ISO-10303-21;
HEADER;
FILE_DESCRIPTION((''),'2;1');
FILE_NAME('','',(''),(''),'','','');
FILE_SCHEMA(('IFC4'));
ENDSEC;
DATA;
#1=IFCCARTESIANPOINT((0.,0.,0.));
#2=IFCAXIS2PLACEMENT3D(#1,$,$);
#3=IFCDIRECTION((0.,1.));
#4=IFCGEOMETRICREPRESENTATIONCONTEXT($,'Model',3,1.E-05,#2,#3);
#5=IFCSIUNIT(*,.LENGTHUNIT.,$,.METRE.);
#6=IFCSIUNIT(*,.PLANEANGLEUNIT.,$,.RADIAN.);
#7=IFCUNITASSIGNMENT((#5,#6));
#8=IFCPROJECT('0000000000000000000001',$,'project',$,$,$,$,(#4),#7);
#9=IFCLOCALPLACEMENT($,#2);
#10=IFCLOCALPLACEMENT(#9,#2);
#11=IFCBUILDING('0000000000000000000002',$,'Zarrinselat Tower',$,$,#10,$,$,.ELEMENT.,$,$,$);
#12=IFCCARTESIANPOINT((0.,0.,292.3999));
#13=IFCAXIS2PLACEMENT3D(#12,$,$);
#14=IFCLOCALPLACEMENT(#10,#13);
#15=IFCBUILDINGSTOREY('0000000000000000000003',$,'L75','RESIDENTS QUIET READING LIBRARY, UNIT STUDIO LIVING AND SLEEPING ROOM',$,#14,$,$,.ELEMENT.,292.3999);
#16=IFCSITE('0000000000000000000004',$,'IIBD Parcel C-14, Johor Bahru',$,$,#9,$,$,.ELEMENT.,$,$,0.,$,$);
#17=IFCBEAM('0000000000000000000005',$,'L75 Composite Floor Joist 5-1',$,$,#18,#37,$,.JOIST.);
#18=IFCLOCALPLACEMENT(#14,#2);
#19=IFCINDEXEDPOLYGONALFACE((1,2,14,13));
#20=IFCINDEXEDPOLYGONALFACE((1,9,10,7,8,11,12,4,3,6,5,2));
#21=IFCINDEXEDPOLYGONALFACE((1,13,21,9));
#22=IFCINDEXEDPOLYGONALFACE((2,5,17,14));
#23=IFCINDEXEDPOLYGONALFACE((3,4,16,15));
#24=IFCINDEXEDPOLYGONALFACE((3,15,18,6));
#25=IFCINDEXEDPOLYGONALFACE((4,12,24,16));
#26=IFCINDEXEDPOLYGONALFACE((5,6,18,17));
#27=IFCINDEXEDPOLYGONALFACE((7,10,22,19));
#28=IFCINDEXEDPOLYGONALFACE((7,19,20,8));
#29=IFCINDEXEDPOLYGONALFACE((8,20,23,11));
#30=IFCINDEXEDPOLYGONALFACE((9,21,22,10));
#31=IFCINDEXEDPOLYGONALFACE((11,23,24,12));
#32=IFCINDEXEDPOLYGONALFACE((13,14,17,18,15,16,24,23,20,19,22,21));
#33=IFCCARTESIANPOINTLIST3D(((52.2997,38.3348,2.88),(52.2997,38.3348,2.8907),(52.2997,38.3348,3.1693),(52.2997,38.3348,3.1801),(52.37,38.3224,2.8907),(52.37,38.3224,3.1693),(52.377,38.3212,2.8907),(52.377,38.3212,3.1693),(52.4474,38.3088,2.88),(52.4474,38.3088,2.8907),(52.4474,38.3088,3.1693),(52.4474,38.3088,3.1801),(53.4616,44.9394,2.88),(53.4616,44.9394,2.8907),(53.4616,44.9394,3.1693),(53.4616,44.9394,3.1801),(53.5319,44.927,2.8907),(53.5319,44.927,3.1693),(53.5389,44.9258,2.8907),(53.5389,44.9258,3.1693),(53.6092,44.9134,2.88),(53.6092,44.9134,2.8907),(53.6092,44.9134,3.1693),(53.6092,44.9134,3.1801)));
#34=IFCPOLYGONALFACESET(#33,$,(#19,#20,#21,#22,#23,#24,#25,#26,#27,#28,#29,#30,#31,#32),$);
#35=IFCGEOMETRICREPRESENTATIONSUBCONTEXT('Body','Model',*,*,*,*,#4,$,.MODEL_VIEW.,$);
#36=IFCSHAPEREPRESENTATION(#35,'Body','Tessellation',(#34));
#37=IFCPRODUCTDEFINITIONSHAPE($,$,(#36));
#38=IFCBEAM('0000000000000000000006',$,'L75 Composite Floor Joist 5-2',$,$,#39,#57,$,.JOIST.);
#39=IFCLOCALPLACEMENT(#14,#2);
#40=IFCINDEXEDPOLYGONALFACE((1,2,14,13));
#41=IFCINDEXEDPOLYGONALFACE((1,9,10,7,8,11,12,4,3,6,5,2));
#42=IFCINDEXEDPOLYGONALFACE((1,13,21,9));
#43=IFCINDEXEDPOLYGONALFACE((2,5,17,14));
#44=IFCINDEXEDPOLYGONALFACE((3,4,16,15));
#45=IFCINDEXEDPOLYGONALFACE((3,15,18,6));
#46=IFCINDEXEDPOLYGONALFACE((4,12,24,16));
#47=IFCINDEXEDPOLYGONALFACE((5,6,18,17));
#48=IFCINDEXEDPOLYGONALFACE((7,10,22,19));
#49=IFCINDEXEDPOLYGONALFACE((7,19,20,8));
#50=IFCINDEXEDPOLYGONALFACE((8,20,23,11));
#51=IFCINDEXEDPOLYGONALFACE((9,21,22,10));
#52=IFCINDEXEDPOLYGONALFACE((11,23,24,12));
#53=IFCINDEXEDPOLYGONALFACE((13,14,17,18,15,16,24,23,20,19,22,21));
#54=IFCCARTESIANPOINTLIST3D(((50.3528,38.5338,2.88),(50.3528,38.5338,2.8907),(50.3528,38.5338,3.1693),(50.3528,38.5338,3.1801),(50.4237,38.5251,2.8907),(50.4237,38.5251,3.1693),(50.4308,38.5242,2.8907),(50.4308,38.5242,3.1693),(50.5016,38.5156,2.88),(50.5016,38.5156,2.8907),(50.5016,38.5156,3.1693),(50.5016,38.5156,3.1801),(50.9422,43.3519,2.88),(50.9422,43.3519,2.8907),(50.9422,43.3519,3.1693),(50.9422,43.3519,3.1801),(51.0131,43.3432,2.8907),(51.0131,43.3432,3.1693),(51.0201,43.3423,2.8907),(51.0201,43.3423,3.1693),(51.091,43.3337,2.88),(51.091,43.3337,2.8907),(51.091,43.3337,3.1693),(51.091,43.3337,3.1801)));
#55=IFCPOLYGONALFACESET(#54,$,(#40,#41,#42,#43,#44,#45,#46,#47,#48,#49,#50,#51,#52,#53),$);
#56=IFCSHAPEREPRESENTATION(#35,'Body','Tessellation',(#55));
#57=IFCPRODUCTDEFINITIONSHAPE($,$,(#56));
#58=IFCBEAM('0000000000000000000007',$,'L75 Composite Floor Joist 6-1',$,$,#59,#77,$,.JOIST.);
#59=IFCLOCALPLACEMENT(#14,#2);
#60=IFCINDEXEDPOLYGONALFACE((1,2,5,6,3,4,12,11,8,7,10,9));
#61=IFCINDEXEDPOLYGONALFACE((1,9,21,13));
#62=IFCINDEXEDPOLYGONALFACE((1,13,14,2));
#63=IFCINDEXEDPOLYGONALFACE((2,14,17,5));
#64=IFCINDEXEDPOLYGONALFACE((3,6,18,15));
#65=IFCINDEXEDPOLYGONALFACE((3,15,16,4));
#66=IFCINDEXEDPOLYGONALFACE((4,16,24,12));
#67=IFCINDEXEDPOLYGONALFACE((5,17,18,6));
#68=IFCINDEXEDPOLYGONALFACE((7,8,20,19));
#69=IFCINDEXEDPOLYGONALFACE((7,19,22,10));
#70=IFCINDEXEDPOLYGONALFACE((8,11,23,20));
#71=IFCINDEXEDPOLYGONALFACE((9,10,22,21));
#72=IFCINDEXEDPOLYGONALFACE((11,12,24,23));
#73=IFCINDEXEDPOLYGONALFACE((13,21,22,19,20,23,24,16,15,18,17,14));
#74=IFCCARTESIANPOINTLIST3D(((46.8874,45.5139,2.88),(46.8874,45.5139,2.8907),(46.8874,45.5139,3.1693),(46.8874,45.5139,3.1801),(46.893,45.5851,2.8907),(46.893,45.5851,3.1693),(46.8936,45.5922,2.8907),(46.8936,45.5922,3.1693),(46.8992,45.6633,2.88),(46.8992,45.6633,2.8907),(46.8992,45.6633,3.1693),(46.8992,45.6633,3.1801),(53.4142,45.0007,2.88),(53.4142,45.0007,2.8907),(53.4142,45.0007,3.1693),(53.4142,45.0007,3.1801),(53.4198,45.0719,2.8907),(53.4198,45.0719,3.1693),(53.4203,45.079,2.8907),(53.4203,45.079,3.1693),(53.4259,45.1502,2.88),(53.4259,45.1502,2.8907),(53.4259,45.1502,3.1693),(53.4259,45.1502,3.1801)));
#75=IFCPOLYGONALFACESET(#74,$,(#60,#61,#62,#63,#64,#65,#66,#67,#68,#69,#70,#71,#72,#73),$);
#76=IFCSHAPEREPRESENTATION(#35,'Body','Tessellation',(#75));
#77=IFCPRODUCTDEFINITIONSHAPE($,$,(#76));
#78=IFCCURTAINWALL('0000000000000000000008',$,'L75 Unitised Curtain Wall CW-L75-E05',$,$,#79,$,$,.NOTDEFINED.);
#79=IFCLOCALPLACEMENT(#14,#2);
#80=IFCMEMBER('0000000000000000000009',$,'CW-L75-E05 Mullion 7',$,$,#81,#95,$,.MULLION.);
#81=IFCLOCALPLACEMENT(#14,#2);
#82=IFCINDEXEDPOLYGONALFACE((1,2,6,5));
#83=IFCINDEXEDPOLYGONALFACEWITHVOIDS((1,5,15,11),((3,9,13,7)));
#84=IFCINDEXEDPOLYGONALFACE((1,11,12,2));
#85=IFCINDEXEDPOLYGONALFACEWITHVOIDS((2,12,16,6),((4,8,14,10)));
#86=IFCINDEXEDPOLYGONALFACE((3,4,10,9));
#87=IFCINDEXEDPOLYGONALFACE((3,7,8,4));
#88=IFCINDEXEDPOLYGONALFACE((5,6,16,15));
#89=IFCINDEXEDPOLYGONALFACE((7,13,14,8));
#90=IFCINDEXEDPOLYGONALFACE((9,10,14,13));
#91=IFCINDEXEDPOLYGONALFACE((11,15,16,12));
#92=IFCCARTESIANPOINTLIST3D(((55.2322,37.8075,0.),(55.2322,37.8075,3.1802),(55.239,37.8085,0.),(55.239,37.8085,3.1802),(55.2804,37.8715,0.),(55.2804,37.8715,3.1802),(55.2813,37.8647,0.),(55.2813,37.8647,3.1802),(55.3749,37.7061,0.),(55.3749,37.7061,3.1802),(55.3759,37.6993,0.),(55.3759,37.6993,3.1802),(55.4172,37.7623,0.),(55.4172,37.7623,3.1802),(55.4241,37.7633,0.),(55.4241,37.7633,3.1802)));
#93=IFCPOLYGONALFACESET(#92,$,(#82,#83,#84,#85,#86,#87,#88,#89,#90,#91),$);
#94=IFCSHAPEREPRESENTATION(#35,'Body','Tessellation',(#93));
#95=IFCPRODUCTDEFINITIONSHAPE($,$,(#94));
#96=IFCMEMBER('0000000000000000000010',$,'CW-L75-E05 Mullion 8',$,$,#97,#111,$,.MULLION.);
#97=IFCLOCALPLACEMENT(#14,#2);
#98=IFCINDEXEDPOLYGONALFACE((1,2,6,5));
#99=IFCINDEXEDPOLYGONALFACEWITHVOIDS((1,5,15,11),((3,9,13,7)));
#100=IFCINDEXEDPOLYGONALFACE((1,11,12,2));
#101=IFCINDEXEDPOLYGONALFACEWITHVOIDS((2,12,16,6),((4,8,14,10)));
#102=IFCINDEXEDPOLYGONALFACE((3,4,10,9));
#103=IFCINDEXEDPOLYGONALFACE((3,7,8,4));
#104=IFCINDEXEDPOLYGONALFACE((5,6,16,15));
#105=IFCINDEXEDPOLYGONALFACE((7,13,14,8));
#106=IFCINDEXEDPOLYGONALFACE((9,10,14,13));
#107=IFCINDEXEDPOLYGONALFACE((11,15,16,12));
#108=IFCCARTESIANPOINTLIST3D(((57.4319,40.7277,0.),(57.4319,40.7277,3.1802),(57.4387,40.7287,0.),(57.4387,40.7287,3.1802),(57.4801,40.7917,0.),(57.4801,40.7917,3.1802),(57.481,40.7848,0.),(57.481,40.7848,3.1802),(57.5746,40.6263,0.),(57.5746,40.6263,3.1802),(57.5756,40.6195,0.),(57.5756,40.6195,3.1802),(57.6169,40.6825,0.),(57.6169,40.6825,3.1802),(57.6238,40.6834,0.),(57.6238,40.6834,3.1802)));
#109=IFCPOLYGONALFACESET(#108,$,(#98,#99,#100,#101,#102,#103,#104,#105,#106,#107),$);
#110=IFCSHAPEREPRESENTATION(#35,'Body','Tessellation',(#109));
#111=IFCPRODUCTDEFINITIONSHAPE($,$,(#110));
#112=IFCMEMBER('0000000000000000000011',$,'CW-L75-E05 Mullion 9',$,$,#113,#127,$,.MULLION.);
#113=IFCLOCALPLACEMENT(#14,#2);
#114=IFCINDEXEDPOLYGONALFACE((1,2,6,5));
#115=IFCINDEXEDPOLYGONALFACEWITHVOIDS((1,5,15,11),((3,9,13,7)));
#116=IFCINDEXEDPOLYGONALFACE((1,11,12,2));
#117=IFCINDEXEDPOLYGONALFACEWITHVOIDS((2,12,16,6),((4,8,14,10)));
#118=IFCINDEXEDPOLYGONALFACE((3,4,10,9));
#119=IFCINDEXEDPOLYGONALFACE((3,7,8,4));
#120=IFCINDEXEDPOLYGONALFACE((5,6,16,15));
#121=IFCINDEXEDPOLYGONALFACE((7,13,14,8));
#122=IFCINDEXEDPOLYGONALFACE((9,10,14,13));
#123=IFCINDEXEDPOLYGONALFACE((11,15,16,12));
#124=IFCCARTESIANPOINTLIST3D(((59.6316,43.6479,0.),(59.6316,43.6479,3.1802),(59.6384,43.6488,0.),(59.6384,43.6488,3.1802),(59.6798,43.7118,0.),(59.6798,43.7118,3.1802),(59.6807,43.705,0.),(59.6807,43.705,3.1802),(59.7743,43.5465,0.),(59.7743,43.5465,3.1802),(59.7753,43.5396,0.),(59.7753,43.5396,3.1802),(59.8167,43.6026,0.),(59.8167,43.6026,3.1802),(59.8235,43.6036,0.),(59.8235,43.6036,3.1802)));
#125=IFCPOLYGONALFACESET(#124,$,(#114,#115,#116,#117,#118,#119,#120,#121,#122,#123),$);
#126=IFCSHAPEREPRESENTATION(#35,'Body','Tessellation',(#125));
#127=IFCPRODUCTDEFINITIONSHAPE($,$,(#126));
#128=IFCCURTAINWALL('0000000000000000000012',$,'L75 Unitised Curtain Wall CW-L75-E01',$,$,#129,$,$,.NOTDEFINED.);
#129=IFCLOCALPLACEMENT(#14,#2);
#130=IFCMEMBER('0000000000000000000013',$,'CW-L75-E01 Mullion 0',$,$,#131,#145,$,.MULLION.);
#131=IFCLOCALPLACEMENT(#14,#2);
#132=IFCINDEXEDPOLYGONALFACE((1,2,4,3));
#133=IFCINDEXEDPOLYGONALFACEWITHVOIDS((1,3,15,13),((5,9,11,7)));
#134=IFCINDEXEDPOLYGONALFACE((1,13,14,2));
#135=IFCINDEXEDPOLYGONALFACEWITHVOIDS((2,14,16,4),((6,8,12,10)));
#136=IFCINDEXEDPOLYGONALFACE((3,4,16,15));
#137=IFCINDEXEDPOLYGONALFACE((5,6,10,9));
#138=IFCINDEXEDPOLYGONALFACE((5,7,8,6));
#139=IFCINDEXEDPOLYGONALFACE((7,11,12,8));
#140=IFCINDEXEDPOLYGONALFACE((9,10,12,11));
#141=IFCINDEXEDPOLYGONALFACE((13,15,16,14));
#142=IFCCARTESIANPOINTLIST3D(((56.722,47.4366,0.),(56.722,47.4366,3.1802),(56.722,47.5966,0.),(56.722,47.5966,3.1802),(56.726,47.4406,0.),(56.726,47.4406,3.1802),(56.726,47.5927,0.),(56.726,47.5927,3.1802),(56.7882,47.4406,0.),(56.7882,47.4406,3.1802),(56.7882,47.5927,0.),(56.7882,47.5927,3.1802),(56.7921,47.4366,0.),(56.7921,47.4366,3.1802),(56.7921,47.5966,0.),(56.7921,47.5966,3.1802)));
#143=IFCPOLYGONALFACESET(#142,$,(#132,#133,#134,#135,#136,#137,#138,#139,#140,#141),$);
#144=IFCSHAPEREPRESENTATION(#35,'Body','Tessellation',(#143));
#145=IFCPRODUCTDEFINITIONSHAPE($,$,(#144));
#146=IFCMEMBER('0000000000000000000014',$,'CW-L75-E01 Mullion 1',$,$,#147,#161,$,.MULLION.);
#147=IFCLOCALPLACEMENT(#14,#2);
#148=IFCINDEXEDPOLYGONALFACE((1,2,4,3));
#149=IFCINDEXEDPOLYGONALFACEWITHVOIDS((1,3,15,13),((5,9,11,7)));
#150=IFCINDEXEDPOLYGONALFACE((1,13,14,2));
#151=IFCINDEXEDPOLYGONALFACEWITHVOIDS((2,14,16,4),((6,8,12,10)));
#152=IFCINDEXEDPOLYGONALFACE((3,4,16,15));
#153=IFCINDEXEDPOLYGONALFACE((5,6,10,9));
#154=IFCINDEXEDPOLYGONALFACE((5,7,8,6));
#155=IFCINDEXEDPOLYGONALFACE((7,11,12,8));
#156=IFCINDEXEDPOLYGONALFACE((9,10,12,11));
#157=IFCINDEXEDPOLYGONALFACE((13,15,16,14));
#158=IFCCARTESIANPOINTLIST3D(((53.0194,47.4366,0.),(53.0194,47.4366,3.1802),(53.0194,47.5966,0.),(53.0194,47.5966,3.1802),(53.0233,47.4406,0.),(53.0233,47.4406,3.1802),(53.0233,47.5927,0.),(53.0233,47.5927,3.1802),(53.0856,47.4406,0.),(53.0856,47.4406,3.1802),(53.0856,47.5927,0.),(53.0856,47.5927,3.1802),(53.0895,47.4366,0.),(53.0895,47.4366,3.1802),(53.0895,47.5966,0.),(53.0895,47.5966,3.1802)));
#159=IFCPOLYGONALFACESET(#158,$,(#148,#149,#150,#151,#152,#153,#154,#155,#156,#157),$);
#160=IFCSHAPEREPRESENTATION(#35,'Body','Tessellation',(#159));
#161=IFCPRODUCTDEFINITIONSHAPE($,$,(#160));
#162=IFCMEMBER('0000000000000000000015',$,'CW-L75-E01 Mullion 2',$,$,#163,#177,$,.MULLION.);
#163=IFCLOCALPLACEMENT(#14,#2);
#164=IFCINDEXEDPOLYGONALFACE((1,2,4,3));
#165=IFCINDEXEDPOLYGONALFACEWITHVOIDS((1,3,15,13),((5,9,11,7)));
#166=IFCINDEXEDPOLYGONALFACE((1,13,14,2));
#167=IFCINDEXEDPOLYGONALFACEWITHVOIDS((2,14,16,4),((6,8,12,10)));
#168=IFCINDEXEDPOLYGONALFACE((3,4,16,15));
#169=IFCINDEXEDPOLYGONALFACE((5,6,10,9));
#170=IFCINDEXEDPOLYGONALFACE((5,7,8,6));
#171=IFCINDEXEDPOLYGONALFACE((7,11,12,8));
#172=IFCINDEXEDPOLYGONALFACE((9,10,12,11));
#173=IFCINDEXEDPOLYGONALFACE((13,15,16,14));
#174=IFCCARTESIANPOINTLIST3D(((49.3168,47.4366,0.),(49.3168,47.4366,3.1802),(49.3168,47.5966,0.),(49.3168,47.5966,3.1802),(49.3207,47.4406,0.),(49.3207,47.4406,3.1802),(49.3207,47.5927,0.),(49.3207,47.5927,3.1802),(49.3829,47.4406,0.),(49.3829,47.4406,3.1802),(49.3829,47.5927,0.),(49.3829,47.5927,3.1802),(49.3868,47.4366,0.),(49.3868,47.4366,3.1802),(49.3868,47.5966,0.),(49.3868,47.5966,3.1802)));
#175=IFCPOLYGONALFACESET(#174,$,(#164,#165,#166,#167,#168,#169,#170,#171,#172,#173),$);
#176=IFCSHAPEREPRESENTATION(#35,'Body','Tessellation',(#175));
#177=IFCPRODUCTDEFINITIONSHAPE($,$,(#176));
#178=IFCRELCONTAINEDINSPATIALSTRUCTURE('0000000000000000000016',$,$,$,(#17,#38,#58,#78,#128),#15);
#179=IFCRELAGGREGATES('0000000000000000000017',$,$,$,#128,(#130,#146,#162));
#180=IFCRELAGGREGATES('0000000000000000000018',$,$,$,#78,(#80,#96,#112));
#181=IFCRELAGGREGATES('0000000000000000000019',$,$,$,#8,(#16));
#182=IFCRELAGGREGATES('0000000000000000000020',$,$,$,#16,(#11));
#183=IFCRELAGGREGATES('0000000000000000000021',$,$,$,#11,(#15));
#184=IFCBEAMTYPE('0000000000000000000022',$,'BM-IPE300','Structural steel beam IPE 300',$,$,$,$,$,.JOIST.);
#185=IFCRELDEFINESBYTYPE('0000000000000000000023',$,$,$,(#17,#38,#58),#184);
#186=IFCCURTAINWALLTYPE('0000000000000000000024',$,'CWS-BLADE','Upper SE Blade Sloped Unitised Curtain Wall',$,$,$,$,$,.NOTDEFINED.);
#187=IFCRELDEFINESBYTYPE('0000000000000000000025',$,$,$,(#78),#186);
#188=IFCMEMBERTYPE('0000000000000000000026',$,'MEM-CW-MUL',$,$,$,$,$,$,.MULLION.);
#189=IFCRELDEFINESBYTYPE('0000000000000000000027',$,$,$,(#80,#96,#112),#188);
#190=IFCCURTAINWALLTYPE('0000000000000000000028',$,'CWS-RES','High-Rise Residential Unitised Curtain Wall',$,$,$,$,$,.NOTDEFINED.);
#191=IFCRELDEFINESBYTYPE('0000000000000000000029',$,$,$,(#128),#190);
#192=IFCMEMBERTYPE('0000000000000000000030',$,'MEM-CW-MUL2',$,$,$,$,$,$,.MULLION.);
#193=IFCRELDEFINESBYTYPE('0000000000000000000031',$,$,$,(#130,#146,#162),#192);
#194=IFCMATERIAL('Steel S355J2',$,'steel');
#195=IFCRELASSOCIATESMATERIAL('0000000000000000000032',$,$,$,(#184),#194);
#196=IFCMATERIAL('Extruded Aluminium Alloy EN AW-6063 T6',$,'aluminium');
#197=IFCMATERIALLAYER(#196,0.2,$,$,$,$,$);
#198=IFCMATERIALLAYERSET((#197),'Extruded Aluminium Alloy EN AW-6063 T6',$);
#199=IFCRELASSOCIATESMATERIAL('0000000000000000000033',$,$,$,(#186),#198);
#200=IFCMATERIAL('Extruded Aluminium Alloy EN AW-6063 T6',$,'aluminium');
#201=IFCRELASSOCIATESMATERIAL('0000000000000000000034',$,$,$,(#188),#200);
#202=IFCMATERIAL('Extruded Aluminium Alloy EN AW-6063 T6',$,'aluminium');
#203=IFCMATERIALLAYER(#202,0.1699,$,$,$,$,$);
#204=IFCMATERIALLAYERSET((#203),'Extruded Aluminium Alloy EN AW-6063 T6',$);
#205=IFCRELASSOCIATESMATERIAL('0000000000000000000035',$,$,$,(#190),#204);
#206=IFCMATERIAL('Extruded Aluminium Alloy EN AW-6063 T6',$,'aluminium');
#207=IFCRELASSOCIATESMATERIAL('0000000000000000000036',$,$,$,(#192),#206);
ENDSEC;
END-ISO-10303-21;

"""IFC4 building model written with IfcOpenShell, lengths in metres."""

from ifc_helpers import new_model, si_unit, direction, frame, origin, origin_2d, place, context, subcontext, project, spatial, hollow_rectangle, i_section, extrude, material, layer, layer_set, material_profile, profile_set, type_object, element, aggregate, save


model = new_model("IFC4")

# Units and contexts
model_context = context("Model", 3, precision=1e-05, world=origin(), true_north=direction((0.0, 1.0)))
body_context = subcontext(model_context, "Body", "Model", "MODEL_VIEW")
ifc_project = project(units=[si_unit("LENGTHUNIT", "METRE"), si_unit("PLANEANGLEUNIT", "RADIAN")], contexts=[model_context])

# Site, building, storey
site_placement = place(None, origin())
site = spatial("IfcSite", under=ifc_project, at=site_placement, Name="IIBD Parcel C-14, Johor Bahru", CompositionType="ELEMENT", RefElevation=0.0)
building_placement = place(site_placement, origin())
building = spatial("IfcBuilding", under=site, at=building_placement, Name="Zarrinselat Tower", CompositionType="ELEMENT")
storey_placement = place(building_placement, frame((0.0, 0.0, 292.3999)))
storey = spatial("IfcBuildingStorey", under=building, at=storey_placement, Name="L75", Description="RESIDENTS QUIET READING LIBRARY, UNIT STUDIO LIVING AND SLEEPING ROOM", CompositionType="ELEMENT", Elevation=292.3999)

# Beams
ifc_material_1 = material(Name="Steel S355J2", Category="steel")
ifc_material_profile_1 = material_profile(ifc_material_1, i_section(OverallWidth=0.1499, OverallDepth=0.3, WebThickness=0.0071, FlangeThickness=0.0107, at=origin_2d()), Name="IPE 300")
ifc_profile_set_1 = profile_set([ifc_material_profile_1], Name="Steel S355J2")
beam_type_1 = type_object("IfcBeamType", Name="BM-IPE300", Description="Structural steel beam IPE 300", PredefinedType="JOIST", material=ifc_profile_set_1)
beam_1_placement = place(storey_placement, frame((52.3735, 38.3218, 3.03), z_axis=(0.173254, 0.984877, 0.0), x_axis=(-0.984877, 0.173254, 0.0)))
element("IfcBeam", 1, at=beam_1_placement, inside=storey, type_object=beam_type_1, Name="L75 Composite Floor Joist 5-1", PredefinedType="JOIST", context=body_context, shape_type="SweptSolid", body=[
    extrude(i_section(OverallWidth=0.1499, OverallDepth=0.3, WebThickness=0.0071, FlangeThickness=0.0107, at=origin_2d()), origin(), (0.0, 0.0, 1.0), 6.7061),
])
beam_2_placement = place(storey_placement, frame((50.4272, 38.5247, 3.03), z_axis=(0.121416, 0.992602, 0.0), x_axis=(-0.992602, 0.121416, 0.0)))
element("IfcBeam", 2, at=beam_2_placement, inside=storey, type_object=beam_type_1, Name="L75 Composite Floor Joist 5-2", PredefinedType="JOIST", context=body_context, shape_type="SweptSolid", body=[
    extrude(i_section(OverallWidth=0.1499, OverallDepth=0.3, WebThickness=0.0071, FlangeThickness=0.0107, at=origin_2d()), origin(), (0.0, 0.0, 1.0), 4.854),
])
beam_3_placement = place(storey_placement, frame((46.8933, 45.5886, 3.03), z_axis=(0.996923, -0.078387, 0.0), x_axis=(0.078387, 0.996923, 0.0)))
element("IfcBeam", 3, at=beam_3_placement, inside=storey, type_object=beam_type_1, Name="L75 Composite Floor Joist 6-1", PredefinedType="JOIST", context=body_context, shape_type="SweptSolid", body=[
    extrude(i_section(OverallWidth=0.1499, OverallDepth=0.3, WebThickness=0.0071, FlangeThickness=0.0107, at=origin_2d()), origin(), (0.0, 0.0, 1.0), 6.5469),
])

# Curtain walls, members
ifc_material_2 = material(Name="Extruded Aluminium Alloy EN AW-6063 T6", Category="aluminium")
ifc_layer_1 = layer(ifc_material_2, 0.2)
ifc_layer_set_1 = layer_set([ifc_layer_1], Name="Extruded Aluminium Alloy EN AW-6063 T6")
curtain_wall_type_1 = type_object("IfcCurtainWallType", Name="CWS-BLADE", Description="Upper SE Blade Sloped Unitised Curtain Wall", PredefinedType="NOTDEFINED", material=ifc_layer_set_1)
curtain_wall_1_placement = place(storey_placement, origin())
curtain_wall_1 = element("IfcCurtainWall", 4, at=curtain_wall_1_placement, inside=storey, type_object=curtain_wall_type_1, Name="L75 Unitised Curtain Wall CW-L75-E05", PredefinedType="NOTDEFINED")
ifc_material_3 = material(Name="Extruded Aluminium Alloy EN AW-6063 T6", Category="aluminium")
ifc_material_profile_2 = material_profile(ifc_material_3, hollow_rectangle(XDim=0.0801, YDim=0.1799, WallThickness=0.0049, at=origin_2d()), Name="RHS 180x80x5")
ifc_profile_set_2 = profile_set([ifc_material_profile_2], Name="Extruded Aluminium Alloy EN AW-6063 T6")
member_type_1 = type_object("IfcMemberType", Name="MEM-CW-MUL", PredefinedType="MULLION", material=ifc_profile_set_2)
member_1_placement = place(storey_placement, frame((55.3281, 37.7854, 0.0), z_axis=(0.0, 0.0, 1.0), x_axis=(0.601673, 0.798743, 0.0)))
member_1 = element("IfcMember", 5, at=member_1_placement, type_object=member_type_1, Name="CW-L75-E05 Mullion 7", PredefinedType="MULLION", context=body_context, shape_type="SweptSolid", body=[
    extrude(hollow_rectangle(XDim=0.0801, YDim=0.1799, WallThickness=0.0049, at=origin_2d()), origin(), (0.0, 0.0, 1.0), 3.1802),
])
member_2_placement = place(storey_placement, frame((57.5278, 40.7056, 0.0), z_axis=(0.0, 0.0, 1.0), x_axis=(0.601673, 0.798743, 0.0)))
member_2 = element("IfcMember", 6, at=member_2_placement, type_object=member_type_1, Name="CW-L75-E05 Mullion 8", PredefinedType="MULLION", context=body_context, shape_type="SweptSolid", body=[
    extrude(hollow_rectangle(XDim=0.0801, YDim=0.1799, WallThickness=0.0049, at=origin_2d()), origin(), (0.0, 0.0, 1.0), 3.1802),
])
member_3_placement = place(storey_placement, frame((59.7275, 43.6257, 0.0), z_axis=(0.0, 0.0, 1.0), x_axis=(0.601673, 0.798743, 0.0)))
member_3 = element("IfcMember", 7, at=member_3_placement, type_object=member_type_1, Name="CW-L75-E05 Mullion 9", PredefinedType="MULLION", context=body_context, shape_type="SweptSolid", body=[
    extrude(hollow_rectangle(XDim=0.0801, YDim=0.1799, WallThickness=0.0049, at=origin_2d()), origin(), (0.0, 0.0, 1.0), 3.1802),
])
ifc_material_4 = material(Name="Extruded Aluminium Alloy EN AW-6063 T6", Category="aluminium")
ifc_layer_2 = layer(ifc_material_4, 0.1699)
ifc_layer_set_2 = layer_set([ifc_layer_2], Name="Extruded Aluminium Alloy EN AW-6063 T6")
curtain_wall_type_2 = type_object("IfcCurtainWallType", Name="CWS-RES", Description="High-Rise Residential Unitised Curtain Wall", PredefinedType="NOTDEFINED", material=ifc_layer_set_2)
curtain_wall_2_placement = place(storey_placement, origin())
curtain_wall_2 = element("IfcCurtainWall", 8, at=curtain_wall_2_placement, inside=storey, type_object=curtain_wall_type_2, Name="L75 Unitised Curtain Wall CW-L75-E01", PredefinedType="NOTDEFINED")
ifc_material_5 = material(Name="Extruded Aluminium Alloy EN AW-6063 T6", Category="aluminium")
ifc_material_profile_3 = material_profile(ifc_material_5, hollow_rectangle(XDim=0.0701, YDim=0.1599, WallThickness=0.0039, at=origin_2d()), Name="RHS 160x70x4")
ifc_profile_set_3 = profile_set([ifc_material_profile_3], Name="Extruded Aluminium Alloy EN AW-6063 T6")
member_type_2 = type_object("IfcMemberType", Name="MEM-CW-MUL2", PredefinedType="MULLION", material=ifc_profile_set_3)
member_4_placement = place(storey_placement, frame((56.7571, 47.5166, 0.0), z_axis=(0.0, 0.0, 1.0), x_axis=(-1.0, 0.0, 0.0)))
member_4 = element("IfcMember", 9, at=member_4_placement, type_object=member_type_2, Name="CW-L75-E01 Mullion 0", PredefinedType="MULLION", context=body_context, shape_type="SweptSolid", body=[
    extrude(hollow_rectangle(XDim=0.0701, YDim=0.1599, WallThickness=0.0039, at=origin_2d()), origin(), (0.0, 0.0, 1.0), 3.1802),
])
member_5_placement = place(storey_placement, frame((53.0544, 47.5166, 0.0), z_axis=(0.0, 0.0, 1.0), x_axis=(-1.0, 0.0, 0.0)))
member_5 = element("IfcMember", 10, at=member_5_placement, type_object=member_type_2, Name="CW-L75-E01 Mullion 1", PredefinedType="MULLION", context=body_context, shape_type="SweptSolid", body=[
    extrude(hollow_rectangle(XDim=0.0701, YDim=0.1599, WallThickness=0.0039, at=origin_2d()), origin(), (0.0, 0.0, 1.0), 3.1802),
])
member_6_placement = place(storey_placement, frame((49.3518, 47.5166, 0.0), z_axis=(0.0, 0.0, 1.0), x_axis=(-1.0, 0.0, 0.0)))
member_6 = element("IfcMember", 11, at=member_6_placement, type_object=member_type_2, Name="CW-L75-E01 Mullion 2", PredefinedType="MULLION", context=body_context, shape_type="SweptSolid", body=[
    extrude(hollow_rectangle(XDim=0.0701, YDim=0.1599, WallThickness=0.0039, at=origin_2d()), origin(), (0.0, 0.0, 1.0), 3.1802),
])

aggregate(curtain_wall_2, [member_4, member_5, member_6])
aggregate(curtain_wall_1, [member_1, member_2, member_3])

save(model, "model.ifc")
